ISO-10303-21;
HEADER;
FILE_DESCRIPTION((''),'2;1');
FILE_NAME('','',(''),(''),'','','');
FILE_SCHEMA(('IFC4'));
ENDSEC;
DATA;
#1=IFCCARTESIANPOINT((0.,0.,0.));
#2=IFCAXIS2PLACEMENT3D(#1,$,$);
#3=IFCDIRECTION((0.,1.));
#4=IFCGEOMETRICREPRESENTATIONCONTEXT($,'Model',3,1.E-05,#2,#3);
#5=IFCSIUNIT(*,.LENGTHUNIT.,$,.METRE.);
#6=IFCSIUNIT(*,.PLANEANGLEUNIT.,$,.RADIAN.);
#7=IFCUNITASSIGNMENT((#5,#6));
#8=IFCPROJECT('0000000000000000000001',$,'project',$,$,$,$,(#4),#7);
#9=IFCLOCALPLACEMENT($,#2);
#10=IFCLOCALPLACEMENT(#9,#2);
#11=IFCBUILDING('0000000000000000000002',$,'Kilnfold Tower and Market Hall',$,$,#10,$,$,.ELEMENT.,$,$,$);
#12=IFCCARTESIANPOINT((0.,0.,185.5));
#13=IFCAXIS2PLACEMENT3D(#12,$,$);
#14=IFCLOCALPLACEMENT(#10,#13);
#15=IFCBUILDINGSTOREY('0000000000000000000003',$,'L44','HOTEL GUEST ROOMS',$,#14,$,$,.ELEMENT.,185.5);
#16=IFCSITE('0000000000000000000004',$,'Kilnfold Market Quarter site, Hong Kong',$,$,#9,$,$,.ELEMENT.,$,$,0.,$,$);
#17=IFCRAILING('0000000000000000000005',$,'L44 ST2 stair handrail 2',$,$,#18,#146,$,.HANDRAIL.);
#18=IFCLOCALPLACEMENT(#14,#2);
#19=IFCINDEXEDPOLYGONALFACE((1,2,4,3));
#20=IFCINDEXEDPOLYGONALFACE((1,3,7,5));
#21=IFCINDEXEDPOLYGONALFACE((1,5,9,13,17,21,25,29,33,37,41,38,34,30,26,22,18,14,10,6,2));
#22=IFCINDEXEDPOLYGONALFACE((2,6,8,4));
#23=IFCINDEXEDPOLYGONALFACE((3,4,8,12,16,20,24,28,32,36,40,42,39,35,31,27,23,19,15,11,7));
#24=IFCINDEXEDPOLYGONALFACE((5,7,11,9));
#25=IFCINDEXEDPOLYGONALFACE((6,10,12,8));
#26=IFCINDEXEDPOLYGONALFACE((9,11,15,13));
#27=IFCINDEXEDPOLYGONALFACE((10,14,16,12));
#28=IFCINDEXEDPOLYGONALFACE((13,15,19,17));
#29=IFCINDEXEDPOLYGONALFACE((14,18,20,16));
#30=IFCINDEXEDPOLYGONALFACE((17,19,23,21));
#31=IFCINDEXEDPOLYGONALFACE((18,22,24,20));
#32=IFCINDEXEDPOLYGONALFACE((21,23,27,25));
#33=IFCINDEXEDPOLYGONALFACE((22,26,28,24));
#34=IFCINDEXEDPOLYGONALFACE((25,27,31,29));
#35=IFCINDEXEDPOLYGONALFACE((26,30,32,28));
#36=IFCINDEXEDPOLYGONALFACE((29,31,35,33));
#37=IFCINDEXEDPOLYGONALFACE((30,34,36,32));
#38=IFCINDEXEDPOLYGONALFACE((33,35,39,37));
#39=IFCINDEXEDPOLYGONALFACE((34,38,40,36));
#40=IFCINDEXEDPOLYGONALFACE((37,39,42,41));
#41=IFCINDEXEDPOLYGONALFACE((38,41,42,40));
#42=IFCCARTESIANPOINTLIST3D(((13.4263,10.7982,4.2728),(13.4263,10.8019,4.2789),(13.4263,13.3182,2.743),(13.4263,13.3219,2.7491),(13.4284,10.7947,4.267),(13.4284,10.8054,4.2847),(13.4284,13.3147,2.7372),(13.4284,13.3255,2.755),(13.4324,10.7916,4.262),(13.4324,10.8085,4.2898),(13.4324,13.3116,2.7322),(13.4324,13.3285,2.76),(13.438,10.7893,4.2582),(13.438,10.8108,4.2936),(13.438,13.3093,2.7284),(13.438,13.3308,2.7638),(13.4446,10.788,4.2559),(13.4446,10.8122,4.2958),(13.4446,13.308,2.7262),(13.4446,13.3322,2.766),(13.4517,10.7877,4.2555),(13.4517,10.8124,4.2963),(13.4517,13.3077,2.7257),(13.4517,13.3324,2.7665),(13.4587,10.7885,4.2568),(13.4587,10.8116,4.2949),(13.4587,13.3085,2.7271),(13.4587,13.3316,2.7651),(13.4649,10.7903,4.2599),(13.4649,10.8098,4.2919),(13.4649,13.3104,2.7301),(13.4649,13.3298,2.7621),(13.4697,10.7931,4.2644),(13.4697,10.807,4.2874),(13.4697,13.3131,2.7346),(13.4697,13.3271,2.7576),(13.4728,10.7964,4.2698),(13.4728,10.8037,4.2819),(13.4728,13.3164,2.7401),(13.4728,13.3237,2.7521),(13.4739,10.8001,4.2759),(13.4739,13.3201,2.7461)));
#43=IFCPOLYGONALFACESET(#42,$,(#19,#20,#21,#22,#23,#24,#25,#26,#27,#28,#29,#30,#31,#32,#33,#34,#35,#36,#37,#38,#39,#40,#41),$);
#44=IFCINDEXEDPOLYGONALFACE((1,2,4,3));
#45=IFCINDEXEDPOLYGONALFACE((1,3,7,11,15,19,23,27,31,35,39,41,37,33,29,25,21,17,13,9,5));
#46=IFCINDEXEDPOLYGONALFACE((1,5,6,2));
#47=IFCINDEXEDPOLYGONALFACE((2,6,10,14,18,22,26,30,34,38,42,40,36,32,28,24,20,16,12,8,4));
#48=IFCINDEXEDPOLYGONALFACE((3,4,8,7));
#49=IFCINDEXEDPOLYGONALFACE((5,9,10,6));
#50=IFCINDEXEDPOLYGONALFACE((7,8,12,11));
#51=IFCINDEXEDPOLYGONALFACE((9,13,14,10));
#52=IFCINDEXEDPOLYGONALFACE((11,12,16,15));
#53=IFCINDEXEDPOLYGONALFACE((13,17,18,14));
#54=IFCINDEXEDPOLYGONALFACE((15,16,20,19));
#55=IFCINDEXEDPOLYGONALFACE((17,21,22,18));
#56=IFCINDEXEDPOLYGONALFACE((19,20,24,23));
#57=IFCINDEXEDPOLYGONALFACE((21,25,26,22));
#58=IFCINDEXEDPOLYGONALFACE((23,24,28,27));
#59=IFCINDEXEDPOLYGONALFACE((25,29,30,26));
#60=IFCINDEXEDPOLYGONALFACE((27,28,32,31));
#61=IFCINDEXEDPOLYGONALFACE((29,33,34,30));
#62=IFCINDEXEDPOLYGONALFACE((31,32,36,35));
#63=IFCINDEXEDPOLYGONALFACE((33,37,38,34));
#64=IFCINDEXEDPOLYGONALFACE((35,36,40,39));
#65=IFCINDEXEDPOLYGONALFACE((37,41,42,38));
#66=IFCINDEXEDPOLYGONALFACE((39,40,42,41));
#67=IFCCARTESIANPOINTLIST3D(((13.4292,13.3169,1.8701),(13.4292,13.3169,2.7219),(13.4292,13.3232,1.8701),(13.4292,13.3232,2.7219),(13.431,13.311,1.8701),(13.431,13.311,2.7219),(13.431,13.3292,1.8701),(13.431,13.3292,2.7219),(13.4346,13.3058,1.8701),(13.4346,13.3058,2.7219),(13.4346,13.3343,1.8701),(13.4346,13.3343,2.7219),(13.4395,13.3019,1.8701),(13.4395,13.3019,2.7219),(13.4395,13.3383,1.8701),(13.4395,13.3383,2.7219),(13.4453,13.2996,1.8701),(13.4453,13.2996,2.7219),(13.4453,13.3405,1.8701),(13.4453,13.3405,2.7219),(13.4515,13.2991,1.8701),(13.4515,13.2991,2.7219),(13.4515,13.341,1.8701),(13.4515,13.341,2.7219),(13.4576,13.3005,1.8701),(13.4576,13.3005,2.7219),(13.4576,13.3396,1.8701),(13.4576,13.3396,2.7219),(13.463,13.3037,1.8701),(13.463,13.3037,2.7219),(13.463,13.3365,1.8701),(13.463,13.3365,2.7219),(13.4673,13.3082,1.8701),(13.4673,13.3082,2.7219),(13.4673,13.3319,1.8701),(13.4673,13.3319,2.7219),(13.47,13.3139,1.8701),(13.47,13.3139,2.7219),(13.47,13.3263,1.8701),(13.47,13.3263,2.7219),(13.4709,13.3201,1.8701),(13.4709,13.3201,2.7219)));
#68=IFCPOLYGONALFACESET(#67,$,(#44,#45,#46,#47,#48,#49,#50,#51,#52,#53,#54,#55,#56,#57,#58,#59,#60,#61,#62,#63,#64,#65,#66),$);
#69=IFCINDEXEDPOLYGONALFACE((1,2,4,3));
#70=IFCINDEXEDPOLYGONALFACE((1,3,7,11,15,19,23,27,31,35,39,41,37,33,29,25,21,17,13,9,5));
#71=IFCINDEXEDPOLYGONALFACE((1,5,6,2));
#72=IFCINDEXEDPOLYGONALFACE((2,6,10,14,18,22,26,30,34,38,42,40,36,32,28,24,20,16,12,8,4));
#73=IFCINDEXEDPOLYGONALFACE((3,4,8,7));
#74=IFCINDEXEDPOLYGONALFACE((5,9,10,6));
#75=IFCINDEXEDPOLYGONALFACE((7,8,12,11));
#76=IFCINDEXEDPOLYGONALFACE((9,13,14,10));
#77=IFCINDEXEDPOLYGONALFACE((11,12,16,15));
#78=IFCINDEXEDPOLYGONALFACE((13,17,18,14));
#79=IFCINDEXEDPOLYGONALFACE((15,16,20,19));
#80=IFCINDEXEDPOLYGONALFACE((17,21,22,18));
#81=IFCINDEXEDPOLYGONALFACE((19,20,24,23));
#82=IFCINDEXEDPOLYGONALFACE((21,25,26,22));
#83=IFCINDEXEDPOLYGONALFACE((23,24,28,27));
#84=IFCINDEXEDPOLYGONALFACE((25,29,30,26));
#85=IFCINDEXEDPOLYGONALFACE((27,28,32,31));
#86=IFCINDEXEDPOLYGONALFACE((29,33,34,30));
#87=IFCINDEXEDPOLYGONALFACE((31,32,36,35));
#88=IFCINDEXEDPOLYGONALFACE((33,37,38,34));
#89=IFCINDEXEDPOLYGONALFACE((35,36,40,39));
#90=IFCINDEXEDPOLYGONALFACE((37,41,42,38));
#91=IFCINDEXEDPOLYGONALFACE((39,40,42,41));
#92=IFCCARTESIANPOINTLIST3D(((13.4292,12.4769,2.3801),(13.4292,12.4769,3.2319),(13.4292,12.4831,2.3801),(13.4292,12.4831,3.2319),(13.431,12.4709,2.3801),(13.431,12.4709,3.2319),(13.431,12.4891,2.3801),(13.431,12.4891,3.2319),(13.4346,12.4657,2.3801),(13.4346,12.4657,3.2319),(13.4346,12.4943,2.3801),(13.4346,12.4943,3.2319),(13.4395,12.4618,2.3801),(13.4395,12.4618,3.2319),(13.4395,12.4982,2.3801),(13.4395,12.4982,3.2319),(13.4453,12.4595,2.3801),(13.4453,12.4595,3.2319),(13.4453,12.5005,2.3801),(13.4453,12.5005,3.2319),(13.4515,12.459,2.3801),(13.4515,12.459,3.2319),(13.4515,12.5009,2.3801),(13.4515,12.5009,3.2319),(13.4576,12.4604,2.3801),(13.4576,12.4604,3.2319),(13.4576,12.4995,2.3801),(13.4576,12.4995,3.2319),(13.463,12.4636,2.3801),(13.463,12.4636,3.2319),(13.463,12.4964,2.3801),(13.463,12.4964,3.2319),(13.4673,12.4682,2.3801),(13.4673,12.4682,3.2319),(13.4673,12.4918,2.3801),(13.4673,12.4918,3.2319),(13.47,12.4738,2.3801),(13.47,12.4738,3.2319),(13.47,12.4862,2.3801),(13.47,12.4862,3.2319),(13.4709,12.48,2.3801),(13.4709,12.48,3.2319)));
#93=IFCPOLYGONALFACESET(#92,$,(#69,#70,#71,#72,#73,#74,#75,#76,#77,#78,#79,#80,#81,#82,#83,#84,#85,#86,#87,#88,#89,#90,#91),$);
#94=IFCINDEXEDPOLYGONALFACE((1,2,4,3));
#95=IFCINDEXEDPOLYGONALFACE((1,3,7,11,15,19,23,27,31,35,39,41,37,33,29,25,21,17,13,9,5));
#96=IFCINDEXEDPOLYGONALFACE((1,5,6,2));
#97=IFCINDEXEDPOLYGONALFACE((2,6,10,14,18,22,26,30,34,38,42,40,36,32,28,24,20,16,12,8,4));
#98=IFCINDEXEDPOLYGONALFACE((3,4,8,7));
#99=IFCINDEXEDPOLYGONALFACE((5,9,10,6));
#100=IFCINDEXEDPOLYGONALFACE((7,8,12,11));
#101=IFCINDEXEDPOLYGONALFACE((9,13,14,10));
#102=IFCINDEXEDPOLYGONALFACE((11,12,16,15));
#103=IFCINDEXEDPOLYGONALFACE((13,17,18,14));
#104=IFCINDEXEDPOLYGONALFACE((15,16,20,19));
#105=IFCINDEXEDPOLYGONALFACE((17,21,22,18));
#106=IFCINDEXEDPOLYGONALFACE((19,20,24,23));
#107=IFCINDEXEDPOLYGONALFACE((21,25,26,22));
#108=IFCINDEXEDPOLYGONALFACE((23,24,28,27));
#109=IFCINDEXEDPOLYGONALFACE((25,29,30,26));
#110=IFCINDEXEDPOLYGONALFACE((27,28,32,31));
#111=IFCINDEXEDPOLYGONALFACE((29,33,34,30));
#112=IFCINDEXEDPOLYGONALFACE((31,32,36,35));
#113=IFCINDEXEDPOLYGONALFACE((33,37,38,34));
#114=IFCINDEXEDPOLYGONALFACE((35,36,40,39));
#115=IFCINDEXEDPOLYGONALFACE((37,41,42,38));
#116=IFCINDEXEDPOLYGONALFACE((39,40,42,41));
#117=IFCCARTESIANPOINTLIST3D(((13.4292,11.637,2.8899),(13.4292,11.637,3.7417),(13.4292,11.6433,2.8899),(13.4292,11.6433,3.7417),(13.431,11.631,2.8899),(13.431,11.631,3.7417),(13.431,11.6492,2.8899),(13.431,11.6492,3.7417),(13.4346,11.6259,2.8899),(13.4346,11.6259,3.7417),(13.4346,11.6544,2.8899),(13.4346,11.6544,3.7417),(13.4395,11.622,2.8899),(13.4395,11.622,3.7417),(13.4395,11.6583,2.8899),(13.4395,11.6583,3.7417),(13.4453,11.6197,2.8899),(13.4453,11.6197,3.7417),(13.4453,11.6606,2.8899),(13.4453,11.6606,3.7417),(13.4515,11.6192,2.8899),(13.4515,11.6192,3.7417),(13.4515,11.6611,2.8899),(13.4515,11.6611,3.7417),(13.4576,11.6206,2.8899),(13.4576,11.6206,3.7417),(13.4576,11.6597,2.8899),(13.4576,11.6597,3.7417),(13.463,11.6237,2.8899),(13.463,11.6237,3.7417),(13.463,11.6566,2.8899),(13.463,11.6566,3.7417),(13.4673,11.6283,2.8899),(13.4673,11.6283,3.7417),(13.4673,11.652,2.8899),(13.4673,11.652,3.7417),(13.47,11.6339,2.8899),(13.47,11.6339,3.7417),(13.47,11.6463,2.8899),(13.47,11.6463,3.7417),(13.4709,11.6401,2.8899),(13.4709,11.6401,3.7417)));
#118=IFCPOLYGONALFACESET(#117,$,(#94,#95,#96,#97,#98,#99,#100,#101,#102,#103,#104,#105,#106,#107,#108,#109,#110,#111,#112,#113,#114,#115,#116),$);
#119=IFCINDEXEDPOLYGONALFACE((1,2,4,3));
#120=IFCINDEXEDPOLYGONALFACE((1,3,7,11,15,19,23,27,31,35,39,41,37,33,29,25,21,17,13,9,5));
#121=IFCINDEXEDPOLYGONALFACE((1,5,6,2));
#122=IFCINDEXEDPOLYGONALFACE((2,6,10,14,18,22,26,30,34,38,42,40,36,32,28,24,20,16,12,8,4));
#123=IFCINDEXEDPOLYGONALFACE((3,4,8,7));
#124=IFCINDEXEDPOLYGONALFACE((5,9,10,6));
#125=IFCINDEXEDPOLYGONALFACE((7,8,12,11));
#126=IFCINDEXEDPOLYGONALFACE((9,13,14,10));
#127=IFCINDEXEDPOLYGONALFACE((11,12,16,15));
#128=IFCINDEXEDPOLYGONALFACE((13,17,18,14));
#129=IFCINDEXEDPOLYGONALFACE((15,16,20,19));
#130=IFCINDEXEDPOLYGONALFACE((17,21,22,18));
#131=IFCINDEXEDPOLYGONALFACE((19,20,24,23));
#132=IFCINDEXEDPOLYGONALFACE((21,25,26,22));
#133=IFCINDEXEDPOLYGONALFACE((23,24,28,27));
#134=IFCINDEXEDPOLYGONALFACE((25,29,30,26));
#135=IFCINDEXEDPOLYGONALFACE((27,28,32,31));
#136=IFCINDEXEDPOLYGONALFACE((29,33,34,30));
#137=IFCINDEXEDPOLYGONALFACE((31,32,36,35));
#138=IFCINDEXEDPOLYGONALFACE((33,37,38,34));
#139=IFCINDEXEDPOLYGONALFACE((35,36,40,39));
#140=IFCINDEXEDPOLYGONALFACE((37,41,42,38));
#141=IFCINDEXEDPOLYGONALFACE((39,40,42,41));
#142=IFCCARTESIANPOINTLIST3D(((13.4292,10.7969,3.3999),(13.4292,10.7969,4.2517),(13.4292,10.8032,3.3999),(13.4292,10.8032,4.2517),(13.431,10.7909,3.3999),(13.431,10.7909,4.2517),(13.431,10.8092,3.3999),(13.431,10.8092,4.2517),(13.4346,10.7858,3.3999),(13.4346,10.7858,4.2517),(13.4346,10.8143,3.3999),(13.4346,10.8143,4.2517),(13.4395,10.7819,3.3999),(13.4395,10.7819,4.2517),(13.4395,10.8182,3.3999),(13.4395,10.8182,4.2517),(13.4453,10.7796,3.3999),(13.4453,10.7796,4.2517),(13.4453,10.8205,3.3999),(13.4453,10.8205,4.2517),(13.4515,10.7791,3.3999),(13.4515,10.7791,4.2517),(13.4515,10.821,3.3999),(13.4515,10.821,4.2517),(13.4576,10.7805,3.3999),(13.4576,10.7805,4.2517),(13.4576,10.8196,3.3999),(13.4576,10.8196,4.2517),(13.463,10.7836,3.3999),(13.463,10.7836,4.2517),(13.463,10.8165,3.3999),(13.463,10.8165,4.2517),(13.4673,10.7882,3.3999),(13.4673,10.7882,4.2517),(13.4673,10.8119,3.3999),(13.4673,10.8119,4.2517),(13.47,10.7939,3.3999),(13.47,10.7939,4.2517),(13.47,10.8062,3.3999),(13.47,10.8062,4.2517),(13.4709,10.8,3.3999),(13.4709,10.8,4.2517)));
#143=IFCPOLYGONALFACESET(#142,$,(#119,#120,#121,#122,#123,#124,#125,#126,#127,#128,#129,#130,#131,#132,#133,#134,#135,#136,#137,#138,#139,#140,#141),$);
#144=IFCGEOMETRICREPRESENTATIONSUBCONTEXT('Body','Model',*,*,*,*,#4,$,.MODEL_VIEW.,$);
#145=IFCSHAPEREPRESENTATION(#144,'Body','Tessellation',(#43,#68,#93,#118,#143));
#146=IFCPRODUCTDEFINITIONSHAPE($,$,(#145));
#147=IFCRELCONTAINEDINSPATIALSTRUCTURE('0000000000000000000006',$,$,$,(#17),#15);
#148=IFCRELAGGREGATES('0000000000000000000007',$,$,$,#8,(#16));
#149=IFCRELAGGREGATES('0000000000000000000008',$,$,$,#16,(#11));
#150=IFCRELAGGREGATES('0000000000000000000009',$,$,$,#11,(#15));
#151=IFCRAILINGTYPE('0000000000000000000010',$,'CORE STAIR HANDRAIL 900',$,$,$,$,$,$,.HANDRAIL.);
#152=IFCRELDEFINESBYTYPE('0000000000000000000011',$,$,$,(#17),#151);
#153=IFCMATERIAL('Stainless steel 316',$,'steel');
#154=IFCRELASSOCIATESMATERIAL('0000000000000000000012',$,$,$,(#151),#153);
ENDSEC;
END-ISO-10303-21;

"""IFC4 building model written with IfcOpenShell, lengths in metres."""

from ifc_helpers import new_model, si_unit, direction, frame, origin, origin_2d, place, context, subcontext, project, spatial, circle, extrude, material, type_object, element, save


model = new_model("IFC4")

# Units and contexts
model_context = context("Model", 3, precision=1e-05, world=origin(), true_north=direction((0.0, 1.0)))
body_context = subcontext(model_context, "Body", "Model", "MODEL_VIEW")
ifc_project = project(units=[si_unit("LENGTHUNIT", "METRE"), si_unit("PLANEANGLEUNIT", "RADIAN")], contexts=[model_context])

# Site, building, storey
site_placement = place(None, origin())
site = spatial("IfcSite", under=ifc_project, at=site_placement, Name="Kilnfold Market Quarter site, Hong Kong", CompositionType="ELEMENT", RefElevation=0.0)
building_placement = place(site_placement, origin())
building = spatial("IfcBuilding", under=site, at=building_placement, Name="Kilnfold Tower and Market Hall", CompositionType="ELEMENT")
storey_placement = place(building_placement, frame((0.0, 0.0, 185.5)))
storey = spatial("IfcBuildingStorey", under=building, at=storey_placement, Name="L44", Description="HOTEL GUEST ROOMS", CompositionType="ELEMENT", Elevation=185.5)

# Railing
ifc_material_1 = material(Name="Stainless steel 316", Category="steel")
railing_type = type_object("IfcRailingType", Name="CORE STAIR HANDRAIL 900", PredefinedType="HANDRAIL", material=ifc_material_1)
for number, where, name in (
    (1, (13.45, 13.3201, 1.8701), "L44 ST2 stair handrail 2"),
):
    element("IfcRailing", number, at=place(storey_placement, frame(where)), inside=storey, type_object=railing_type, Name=name, PredefinedType="HANDRAIL", context=body_context, shape_type="SweptSolid", body=[
        extrude(circle(Radius=0.0239, at=origin_2d()), frame((0.0, 0.0, 0.876), z_axis=(0.0, -0.854822, 0.518922), x_axis=(1.0, 0.0, 0.0)), (0.0, 0.0, 1.0), 2.948),
        extrude(circle(Radius=0.021, at=origin_2d()), origin(), (0.0, 0.0, 1.0), 0.8518),
        extrude(circle(Radius=0.021, at=origin_2d()), frame((0.0, -0.8401, 0.51)), (0.0, 0.0, 1.0), 0.8518),
        extrude(circle(Radius=0.021, at=origin_2d()), frame((0.0, -1.6799, 1.0198)), (0.0, 0.0, 1.0), 0.8518),
        extrude(circle(Radius=0.021, at=origin_2d()), frame((0.0, -2.52, 1.5298)), (0.0, 0.0, 1.0), 0.8518),
    ])

save(model, "model.ifc")
